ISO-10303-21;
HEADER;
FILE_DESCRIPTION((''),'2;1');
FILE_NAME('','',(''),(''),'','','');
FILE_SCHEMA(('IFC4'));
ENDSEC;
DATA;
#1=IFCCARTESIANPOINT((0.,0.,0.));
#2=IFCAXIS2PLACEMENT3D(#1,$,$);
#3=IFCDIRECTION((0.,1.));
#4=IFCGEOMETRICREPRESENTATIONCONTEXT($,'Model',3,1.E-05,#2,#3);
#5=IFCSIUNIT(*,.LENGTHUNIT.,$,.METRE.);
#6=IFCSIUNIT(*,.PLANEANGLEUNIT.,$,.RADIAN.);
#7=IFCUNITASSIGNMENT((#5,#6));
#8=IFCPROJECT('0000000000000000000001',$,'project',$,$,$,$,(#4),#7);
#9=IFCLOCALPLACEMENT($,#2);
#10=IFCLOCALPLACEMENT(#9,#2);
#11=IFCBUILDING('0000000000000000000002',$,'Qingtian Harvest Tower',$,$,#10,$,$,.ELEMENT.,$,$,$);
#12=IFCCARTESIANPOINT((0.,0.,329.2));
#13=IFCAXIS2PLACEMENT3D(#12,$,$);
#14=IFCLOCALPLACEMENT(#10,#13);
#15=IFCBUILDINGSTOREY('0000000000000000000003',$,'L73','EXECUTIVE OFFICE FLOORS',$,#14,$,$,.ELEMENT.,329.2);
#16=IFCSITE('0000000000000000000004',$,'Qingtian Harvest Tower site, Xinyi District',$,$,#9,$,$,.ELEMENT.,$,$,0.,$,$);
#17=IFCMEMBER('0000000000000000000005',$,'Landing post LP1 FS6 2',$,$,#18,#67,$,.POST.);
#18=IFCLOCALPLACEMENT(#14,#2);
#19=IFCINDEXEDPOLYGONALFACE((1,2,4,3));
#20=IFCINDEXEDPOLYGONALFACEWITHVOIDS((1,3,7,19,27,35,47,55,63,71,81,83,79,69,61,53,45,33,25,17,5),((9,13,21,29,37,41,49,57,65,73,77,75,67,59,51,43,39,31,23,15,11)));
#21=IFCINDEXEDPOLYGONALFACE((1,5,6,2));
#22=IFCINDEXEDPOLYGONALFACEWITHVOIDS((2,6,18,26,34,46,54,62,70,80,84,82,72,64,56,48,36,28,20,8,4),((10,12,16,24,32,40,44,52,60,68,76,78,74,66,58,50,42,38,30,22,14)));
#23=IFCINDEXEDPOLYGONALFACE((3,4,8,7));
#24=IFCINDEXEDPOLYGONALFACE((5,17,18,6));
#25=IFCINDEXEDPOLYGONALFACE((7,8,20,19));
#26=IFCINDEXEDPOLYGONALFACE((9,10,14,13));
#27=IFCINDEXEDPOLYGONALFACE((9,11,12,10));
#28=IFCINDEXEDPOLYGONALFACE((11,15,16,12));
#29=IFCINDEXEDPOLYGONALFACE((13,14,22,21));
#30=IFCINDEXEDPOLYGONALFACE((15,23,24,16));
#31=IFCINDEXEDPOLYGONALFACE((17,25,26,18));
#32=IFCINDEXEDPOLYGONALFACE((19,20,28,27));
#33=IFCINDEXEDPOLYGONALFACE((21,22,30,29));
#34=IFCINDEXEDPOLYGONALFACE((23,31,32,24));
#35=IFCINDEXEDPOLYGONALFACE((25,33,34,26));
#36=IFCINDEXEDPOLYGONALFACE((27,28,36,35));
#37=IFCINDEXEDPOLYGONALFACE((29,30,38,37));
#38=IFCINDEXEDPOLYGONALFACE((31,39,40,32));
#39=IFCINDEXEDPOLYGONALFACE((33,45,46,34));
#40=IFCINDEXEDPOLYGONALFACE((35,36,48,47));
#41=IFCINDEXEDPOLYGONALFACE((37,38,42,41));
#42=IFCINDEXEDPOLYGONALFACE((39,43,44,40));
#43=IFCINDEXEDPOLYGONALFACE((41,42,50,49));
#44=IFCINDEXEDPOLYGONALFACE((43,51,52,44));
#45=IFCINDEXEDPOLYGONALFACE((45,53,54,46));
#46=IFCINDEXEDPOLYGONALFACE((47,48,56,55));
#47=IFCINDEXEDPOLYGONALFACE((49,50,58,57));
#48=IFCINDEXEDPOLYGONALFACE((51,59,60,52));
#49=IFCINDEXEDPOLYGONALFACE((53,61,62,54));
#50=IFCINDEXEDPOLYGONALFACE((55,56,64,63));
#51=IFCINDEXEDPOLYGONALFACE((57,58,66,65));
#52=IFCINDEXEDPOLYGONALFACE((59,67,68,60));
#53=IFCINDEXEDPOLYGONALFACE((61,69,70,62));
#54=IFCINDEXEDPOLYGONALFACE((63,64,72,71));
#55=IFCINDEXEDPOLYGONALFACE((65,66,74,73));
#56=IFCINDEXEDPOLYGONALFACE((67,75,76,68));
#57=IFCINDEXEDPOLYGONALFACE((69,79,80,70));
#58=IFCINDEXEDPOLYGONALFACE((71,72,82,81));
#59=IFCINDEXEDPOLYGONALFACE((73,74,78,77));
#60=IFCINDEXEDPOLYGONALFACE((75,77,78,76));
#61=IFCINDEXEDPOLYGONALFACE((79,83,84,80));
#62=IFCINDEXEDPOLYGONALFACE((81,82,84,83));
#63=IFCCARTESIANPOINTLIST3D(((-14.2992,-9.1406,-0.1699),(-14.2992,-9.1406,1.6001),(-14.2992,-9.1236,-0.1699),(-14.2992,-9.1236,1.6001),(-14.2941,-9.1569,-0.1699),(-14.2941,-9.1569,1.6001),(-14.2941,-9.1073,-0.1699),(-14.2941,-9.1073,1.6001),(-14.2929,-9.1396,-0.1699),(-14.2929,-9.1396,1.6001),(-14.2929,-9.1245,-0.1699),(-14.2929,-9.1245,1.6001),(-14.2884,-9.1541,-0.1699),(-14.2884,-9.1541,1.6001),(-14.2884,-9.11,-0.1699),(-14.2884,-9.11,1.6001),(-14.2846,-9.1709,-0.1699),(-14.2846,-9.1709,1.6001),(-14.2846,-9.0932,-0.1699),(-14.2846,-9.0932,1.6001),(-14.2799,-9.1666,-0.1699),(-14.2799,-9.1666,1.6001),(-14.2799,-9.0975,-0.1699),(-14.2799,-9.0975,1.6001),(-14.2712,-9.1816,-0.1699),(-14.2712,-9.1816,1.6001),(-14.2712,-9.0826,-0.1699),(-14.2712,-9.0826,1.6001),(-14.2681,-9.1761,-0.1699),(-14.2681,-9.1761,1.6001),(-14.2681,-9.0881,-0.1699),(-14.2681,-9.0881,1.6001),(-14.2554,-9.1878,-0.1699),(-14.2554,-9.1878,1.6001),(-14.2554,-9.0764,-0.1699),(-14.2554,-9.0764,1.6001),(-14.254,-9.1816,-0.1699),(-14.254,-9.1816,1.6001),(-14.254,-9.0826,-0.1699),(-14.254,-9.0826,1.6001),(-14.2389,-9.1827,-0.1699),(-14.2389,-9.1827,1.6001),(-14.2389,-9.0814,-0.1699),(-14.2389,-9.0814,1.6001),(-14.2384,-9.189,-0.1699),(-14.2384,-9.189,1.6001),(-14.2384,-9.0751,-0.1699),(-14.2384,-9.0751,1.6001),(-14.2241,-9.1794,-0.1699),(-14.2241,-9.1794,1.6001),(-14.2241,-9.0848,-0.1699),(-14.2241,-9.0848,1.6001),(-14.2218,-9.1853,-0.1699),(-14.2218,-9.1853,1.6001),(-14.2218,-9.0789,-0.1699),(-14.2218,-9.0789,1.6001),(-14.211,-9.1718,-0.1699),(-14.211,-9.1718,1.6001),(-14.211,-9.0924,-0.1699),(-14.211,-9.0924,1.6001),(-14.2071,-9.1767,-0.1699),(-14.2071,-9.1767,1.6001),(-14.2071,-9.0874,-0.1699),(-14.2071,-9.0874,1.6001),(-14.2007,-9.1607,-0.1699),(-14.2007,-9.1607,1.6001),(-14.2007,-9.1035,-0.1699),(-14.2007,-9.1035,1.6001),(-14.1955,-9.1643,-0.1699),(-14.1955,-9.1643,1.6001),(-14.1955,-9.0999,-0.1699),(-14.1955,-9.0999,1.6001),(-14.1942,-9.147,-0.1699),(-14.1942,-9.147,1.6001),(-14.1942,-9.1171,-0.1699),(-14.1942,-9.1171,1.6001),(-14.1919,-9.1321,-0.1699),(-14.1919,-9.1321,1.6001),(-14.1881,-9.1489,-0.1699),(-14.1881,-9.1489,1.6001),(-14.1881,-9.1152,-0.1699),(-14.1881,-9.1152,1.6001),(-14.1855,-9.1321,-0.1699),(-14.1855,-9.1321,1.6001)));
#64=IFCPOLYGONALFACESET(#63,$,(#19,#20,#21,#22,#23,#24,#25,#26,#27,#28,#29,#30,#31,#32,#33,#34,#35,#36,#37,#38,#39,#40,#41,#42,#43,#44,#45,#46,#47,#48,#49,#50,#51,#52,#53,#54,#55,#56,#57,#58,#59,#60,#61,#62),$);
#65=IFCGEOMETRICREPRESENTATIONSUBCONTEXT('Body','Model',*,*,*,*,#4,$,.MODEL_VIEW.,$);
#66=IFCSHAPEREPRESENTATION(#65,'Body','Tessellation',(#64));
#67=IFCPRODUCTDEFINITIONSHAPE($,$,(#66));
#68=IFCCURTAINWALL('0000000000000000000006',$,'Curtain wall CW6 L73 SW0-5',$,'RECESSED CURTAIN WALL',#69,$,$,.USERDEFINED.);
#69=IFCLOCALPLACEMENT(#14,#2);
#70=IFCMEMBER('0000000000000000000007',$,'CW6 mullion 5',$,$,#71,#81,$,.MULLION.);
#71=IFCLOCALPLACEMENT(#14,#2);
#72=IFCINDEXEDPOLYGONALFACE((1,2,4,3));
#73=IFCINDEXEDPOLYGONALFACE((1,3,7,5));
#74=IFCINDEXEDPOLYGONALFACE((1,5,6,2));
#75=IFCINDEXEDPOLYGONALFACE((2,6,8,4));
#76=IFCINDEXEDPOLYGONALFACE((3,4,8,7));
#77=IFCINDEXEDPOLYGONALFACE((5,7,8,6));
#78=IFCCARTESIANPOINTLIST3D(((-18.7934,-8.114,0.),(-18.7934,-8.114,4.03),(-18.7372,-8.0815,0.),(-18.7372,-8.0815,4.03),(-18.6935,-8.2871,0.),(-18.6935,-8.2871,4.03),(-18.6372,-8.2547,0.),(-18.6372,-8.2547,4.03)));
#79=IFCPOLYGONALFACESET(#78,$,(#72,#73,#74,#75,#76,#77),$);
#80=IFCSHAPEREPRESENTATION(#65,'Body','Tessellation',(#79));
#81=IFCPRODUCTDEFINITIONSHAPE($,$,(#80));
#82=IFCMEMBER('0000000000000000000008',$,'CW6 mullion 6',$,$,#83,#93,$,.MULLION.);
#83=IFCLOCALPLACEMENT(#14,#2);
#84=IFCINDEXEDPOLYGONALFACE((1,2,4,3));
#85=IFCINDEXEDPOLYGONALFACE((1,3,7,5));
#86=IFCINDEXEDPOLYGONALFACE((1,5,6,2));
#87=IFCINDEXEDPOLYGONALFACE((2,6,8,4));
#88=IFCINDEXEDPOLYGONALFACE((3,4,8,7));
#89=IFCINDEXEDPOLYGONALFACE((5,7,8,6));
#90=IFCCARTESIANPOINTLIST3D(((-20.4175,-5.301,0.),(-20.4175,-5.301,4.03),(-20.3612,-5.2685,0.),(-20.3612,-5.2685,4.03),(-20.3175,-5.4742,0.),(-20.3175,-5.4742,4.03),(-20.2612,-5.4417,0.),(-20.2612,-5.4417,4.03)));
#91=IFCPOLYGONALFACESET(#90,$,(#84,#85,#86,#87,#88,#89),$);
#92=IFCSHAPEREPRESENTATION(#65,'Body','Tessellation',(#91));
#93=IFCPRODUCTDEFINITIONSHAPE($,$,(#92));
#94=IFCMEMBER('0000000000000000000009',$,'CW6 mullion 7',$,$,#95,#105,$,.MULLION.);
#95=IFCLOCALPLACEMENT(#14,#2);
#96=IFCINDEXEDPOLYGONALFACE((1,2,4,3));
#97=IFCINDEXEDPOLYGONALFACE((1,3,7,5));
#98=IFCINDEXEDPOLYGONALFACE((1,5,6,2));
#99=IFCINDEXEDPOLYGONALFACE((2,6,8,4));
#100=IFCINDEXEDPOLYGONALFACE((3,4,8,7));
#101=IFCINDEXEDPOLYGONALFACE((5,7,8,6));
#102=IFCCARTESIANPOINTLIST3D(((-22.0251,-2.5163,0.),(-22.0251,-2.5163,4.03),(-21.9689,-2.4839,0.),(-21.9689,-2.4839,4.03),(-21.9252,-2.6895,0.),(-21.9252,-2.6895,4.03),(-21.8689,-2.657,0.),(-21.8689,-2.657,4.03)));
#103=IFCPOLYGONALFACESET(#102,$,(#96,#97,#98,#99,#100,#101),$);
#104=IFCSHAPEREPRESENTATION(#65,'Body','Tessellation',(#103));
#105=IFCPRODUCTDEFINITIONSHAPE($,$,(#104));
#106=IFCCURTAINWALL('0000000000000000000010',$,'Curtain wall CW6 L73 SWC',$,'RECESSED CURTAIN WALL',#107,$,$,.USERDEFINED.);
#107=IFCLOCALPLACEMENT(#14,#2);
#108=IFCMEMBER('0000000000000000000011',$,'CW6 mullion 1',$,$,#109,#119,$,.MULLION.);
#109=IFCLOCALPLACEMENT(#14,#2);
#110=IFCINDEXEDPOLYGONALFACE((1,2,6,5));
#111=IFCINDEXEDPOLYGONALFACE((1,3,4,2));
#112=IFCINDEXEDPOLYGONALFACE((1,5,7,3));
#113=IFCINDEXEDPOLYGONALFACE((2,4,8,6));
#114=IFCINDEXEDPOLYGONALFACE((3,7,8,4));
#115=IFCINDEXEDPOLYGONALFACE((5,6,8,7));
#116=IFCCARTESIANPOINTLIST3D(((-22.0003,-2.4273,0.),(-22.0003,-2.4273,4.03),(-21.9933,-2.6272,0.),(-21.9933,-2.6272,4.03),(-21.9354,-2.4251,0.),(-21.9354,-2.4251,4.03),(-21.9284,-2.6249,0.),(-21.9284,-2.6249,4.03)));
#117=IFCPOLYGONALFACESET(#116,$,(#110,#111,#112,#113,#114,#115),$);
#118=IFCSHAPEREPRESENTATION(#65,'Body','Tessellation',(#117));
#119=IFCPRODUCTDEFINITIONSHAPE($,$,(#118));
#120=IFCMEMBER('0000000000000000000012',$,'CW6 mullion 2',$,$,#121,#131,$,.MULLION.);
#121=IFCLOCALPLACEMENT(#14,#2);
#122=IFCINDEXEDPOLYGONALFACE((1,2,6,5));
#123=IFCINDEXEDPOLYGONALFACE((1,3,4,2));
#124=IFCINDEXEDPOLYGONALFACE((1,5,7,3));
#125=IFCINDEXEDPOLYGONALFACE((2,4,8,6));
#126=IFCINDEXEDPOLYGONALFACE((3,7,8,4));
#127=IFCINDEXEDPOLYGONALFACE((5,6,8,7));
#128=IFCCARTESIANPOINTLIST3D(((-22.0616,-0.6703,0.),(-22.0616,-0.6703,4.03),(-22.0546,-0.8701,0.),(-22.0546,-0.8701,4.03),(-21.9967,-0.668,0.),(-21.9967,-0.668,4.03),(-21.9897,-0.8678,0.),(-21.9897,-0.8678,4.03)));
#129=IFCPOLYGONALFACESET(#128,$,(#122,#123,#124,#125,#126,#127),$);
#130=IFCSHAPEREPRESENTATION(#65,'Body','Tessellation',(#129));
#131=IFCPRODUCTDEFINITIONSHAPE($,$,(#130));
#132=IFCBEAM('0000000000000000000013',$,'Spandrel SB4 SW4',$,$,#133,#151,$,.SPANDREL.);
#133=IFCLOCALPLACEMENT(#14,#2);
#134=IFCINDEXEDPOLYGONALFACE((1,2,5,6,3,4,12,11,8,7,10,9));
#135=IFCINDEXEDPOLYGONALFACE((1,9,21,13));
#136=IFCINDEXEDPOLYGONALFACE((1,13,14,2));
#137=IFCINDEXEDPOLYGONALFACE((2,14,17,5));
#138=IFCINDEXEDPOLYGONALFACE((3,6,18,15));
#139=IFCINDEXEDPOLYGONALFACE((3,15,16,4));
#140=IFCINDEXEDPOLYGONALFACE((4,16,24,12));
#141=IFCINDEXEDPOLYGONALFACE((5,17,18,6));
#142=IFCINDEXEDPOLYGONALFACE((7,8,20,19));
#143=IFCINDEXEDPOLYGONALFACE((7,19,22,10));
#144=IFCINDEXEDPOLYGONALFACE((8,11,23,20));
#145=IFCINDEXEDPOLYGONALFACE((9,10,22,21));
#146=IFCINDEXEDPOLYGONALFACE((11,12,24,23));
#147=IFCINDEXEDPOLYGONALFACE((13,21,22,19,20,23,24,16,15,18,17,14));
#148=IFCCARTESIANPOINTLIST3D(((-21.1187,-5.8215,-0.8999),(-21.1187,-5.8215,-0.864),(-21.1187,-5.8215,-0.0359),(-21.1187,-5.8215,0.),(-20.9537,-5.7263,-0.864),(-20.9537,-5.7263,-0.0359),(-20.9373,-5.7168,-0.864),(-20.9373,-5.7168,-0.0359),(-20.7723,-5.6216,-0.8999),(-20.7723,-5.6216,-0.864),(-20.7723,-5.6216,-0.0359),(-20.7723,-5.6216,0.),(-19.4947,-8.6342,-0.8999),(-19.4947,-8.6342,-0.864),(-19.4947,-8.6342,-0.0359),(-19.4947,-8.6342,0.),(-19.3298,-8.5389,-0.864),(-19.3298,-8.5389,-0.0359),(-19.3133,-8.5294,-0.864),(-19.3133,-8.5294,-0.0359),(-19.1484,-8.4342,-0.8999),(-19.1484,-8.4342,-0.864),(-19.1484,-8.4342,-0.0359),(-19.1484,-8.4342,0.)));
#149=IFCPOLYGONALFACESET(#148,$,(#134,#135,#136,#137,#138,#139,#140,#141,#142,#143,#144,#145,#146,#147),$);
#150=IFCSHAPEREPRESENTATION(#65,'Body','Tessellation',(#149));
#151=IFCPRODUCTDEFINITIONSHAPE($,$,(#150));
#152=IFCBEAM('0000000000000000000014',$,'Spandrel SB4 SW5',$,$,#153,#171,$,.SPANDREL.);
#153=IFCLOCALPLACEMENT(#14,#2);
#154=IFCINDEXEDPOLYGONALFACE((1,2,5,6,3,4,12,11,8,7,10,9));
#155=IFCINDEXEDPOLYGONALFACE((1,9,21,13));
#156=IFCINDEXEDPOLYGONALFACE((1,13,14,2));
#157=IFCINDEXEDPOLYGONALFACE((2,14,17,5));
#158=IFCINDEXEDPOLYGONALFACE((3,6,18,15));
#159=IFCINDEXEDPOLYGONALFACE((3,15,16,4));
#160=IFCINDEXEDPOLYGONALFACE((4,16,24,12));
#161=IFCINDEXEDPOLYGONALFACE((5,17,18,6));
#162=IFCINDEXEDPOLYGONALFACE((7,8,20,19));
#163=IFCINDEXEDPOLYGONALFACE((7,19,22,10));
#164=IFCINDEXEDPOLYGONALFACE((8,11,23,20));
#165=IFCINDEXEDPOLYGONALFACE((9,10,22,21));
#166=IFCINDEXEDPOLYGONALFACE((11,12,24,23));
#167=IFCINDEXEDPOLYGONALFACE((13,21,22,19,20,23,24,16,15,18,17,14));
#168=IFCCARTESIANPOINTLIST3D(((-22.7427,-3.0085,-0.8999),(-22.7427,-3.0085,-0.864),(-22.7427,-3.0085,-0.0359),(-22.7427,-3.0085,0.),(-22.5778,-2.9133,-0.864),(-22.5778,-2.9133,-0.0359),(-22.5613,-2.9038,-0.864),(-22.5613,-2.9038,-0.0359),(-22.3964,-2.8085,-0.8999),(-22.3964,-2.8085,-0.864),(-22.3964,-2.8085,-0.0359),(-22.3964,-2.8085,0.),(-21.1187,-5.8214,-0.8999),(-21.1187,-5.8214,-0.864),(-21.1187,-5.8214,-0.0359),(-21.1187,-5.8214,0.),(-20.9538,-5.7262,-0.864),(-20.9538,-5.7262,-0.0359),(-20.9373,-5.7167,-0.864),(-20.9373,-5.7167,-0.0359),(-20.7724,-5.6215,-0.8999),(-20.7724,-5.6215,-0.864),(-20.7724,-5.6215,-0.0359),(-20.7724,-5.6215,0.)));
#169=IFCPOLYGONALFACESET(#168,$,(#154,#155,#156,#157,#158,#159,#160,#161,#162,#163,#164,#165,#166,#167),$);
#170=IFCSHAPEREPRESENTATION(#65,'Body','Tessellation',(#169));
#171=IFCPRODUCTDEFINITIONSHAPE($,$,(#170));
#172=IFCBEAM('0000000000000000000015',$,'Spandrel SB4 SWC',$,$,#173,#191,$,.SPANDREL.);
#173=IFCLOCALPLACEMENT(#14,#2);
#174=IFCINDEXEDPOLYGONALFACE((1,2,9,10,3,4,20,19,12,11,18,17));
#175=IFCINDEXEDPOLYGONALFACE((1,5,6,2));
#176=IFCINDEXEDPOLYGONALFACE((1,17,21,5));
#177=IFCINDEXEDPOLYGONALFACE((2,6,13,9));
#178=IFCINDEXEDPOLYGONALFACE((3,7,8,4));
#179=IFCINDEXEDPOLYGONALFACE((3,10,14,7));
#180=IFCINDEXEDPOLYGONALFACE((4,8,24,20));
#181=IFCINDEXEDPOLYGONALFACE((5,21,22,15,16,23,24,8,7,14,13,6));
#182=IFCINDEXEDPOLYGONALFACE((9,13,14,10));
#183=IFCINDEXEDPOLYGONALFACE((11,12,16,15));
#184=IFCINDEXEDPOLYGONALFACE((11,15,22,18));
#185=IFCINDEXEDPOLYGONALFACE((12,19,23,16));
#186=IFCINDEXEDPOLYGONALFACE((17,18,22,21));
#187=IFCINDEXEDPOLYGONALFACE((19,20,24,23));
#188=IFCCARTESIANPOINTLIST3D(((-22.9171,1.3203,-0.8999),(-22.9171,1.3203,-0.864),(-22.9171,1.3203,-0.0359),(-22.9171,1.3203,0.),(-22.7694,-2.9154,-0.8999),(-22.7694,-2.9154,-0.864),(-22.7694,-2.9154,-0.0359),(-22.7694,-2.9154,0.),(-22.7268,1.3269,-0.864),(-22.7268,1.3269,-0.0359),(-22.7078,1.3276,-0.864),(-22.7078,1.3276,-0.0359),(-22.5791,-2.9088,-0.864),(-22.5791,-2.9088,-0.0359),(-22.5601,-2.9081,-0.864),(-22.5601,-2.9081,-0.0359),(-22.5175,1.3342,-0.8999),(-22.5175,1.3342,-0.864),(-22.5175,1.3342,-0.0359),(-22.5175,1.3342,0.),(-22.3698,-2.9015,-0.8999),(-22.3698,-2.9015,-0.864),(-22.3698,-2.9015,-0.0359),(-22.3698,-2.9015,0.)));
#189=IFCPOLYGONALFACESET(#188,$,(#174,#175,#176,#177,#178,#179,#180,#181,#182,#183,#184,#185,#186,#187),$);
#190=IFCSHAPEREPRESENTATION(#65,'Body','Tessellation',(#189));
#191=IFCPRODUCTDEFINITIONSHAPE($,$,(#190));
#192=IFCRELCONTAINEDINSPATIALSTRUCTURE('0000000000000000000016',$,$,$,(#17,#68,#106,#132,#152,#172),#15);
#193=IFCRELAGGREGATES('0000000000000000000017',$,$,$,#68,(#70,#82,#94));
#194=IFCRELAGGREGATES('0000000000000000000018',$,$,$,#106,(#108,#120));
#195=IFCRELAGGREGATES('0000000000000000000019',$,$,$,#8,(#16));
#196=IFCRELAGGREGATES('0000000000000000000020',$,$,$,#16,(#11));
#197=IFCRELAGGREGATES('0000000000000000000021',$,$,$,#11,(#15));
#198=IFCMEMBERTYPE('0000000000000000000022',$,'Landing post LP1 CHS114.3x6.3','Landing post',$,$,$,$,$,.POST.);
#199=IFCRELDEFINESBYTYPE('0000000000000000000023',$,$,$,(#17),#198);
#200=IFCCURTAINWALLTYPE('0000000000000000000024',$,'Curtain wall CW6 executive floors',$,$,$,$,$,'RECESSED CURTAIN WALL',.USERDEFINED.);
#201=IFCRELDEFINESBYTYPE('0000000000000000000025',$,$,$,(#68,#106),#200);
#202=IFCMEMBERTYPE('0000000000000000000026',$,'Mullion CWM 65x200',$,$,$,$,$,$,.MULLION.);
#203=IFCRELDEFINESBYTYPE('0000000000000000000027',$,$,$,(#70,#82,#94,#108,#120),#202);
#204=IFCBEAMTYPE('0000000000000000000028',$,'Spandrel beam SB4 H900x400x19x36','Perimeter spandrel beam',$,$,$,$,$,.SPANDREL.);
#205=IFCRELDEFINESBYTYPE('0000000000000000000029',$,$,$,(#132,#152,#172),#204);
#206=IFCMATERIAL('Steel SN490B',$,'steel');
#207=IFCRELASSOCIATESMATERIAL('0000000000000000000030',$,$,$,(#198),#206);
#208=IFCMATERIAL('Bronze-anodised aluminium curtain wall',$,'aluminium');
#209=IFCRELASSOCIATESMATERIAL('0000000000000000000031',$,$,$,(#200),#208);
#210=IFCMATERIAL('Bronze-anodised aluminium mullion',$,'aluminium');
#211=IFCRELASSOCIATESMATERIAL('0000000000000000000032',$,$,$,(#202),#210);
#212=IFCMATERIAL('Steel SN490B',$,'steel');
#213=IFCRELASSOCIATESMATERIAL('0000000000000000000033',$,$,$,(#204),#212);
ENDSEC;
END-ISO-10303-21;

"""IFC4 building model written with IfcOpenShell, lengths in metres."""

from ifc_helpers import new_model, si_unit, direction, frame, origin, origin_2d, place, context, subcontext, project, spatial, rectangle, hollow_circle, i_section, extrude, material, material_profile, profile_set, type_object, element, aggregate, save


model = new_model("IFC4")

# Units and contexts
model_context = context("Model", 3, precision=1e-05, world=origin(), true_north=direction((0.0, 1.0)))
body_context = subcontext(model_context, "Body", "Model", "MODEL_VIEW")
ifc_project = project(units=[si_unit("LENGTHUNIT", "METRE"), si_unit("PLANEANGLEUNIT", "RADIAN")], contexts=[model_context])

# Site, building, storey
site_placement = place(None, origin())
site = spatial("IfcSite", under=ifc_project, at=site_placement, Name="Qingtian Harvest Tower site, Xinyi District", CompositionType="ELEMENT", RefElevation=0.0)
building_placement = place(site_placement, origin())
building = spatial("IfcBuilding", under=site, at=building_placement, Name="Qingtian Harvest Tower", CompositionType="ELEMENT")
storey_placement = place(building_placement, frame((0.0, 0.0, 329.2)))
storey = spatial("IfcBuildingStorey", under=building, at=storey_placement, Name="L73", Description="EXECUTIVE OFFICE FLOORS", CompositionType="ELEMENT", Elevation=329.2)

# Member
ifc_material_1 = material(Name="Steel SN490B", Category="steel")
ifc_material_profile_1 = material_profile(ifc_material_1, hollow_circle(Radius=0.0571, WallThickness=0.0063, at=origin_2d()), Name="CHS114.3x6.3")
ifc_profile_set_1 = profile_set([ifc_material_profile_1], Name="Steel SN490B")
member_type_1 = type_object("IfcMemberType", Name="Landing post LP1 CHS114.3x6.3", Description="Landing post", PredefinedType="POST", material=ifc_profile_set_1)
member_1_placement = place(storey_placement, frame((-14.2427, -9.1321, -0.1699), z_axis=(0.0, 0.0, 1.0), x_axis=(1.0, 0.0, 0.0)))
element("IfcMember", 1, at=member_1_placement, inside=storey, type_object=member_type_1, Name="Landing post LP1 FS6 2", PredefinedType="POST", context=body_context, shape_type="SweptSolid", body=[
    extrude(hollow_circle(Radius=0.0571, WallThickness=0.0063, at=origin_2d()), origin(), (0.0, 0.0, 1.0), 1.77),
])

# Curtain walls, members
ifc_material_2 = material(Name="Bronze-anodised aluminium curtain wall", Category="aluminium")
curtain_wall_type = type_object("IfcCurtainWallType", Name="Curtain wall CW6 executive floors", ElementType="RECESSED CURTAIN WALL", PredefinedType="USERDEFINED", material=ifc_material_2)
curtain_wall_1_placement = place(storey_placement, origin())
curtain_wall_1 = element("IfcCurtainWall", 2, at=curtain_wall_1_placement, inside=storey, type_object=curtain_wall_type, Name="Curtain wall CW6 L73 SW0-5", ObjectType="RECESSED CURTAIN WALL", PredefinedType="USERDEFINED")
ifc_material_3 = material(Name="Bronze-anodised aluminium mullion", Category="aluminium")
ifc_material_profile_2 = material_profile(ifc_material_3, rectangle(XDim=0.0649, YDim=0.2, at=origin_2d()), Name="AL 65x200")
ifc_profile_set_2 = profile_set([ifc_material_profile_2], Name="Bronze-anodised aluminium mullion")
member_type_2 = type_object("IfcMemberType", Name="Mullion CWM 65x200", PredefinedType="MULLION", material=ifc_profile_set_2)
member_2_placement = place(storey_placement, frame((-18.7153, -8.1843, 0.0), z_axis=(0.0, 0.0, 1.0), x_axis=(-0.866025, -0.5, 0.0)))
member_2 = element("IfcMember", 3, at=member_2_placement, type_object=member_type_2, Name="CW6 mullion 5", PredefinedType="MULLION", context=body_context, shape_type="SweptSolid", body=[
    extrude(rectangle(XDim=0.0649, YDim=0.2, at=origin_2d()), origin(), (0.0, 0.0, 1.0), 4.03),
])
member_3_placement = place(storey_placement, frame((-20.3394, -5.3713, 0.0), z_axis=(0.0, 0.0, 1.0), x_axis=(-0.866025, -0.5, 0.0)))
member_3 = element("IfcMember", 4, at=member_3_placement, type_object=member_type_2, Name="CW6 mullion 6", PredefinedType="MULLION", context=body_context, shape_type="SweptSolid", body=[
    extrude(rectangle(XDim=0.0649, YDim=0.2, at=origin_2d()), origin(), (0.0, 0.0, 1.0), 4.03),
])
member_4_placement = place(storey_placement, frame((-21.947, -2.5867, 0.0), z_axis=(0.0, 0.0, 1.0), x_axis=(-0.866025, -0.5, 0.0)))
member_4 = element("IfcMember", 5, at=member_4_placement, type_object=member_type_2, Name="CW6 mullion 7", PredefinedType="MULLION", context=body_context, shape_type="SweptSolid", body=[
    extrude(rectangle(XDim=0.0649, YDim=0.2, at=origin_2d()), origin(), (0.0, 0.0, 1.0), 4.03),
])
curtain_wall_2_placement = place(storey_placement, origin())
curtain_wall_2 = element("IfcCurtainWall", 6, at=curtain_wall_2_placement, inside=storey, type_object=curtain_wall_type, Name="Curtain wall CW6 L73 SWC", ObjectType="RECESSED CURTAIN WALL", PredefinedType="USERDEFINED")
member_5_placement = place(storey_placement, frame((-21.9644, -2.5261, 0.0), z_axis=(0.0, 0.0, 1.0), x_axis=(-0.999391, -0.034899, 0.0)))
member_5 = element("IfcMember", 7, at=member_5_placement, type_object=member_type_2, Name="CW6 mullion 1", PredefinedType="MULLION", context=body_context, shape_type="SweptSolid", body=[
    extrude(rectangle(XDim=0.0649, YDim=0.2, at=origin_2d()), origin(), (0.0, 0.0, 1.0), 4.03),
])
member_6_placement = place(storey_placement, frame((-22.0256, -0.769, 0.0), z_axis=(0.0, 0.0, 1.0), x_axis=(-0.999391, -0.034899, 0.0)))
member_6 = element("IfcMember", 8, at=member_6_placement, type_object=member_type_2, Name="CW6 mullion 2", PredefinedType="MULLION", context=body_context, shape_type="SweptSolid", body=[
    extrude(rectangle(XDim=0.0649, YDim=0.2, at=origin_2d()), origin(), (0.0, 0.0, 1.0), 4.03),
])

# Beams
ifc_material_4 = material(Name="Steel SN490B", Category="steel")
ifc_material_profile_3 = material_profile(ifc_material_4, i_section(OverallWidth=0.3999, OverallDepth=0.8999, WebThickness=0.019, FlangeThickness=0.0359, at=origin_2d()), Name="H900x400x19x36")
ifc_profile_set_3 = profile_set([ifc_material_profile_3], Name="Steel SN490B")
beam_type_1 = type_object("IfcBeamType", Name="Spandrel beam SB4 H900x400x19x36", Description="Perimeter spandrel beam", PredefinedType="SPANDREL", material=ifc_profile_set_3)
beam_1_placement = place(storey_placement, frame((-19.3215, -8.5342, -0.45), z_axis=(-0.50002, 0.866014, 0.0), x_axis=(-0.866014, -0.50002, 0.0)))
element("IfcBeam", 9, at=beam_1_placement, inside=storey, type_object=beam_type_1, Name="Spandrel SB4 SW4", PredefinedType="SPANDREL", context=body_context, shape_type="SweptSolid", body=[
    extrude(i_section(OverallWidth=0.3999, OverallDepth=0.8999, WebThickness=0.019, FlangeThickness=0.0359, at=origin_2d()), origin(), (0.0, 0.0, 1.0), 3.2478),
])
beam_2_placement = place(storey_placement, frame((-20.9456, -5.7214, -0.45), z_axis=(-0.499987, 0.866033, 0.0), x_axis=(-0.866033, -0.499987, 0.0)))
element("IfcBeam", 10, at=beam_2_placement, inside=storey, type_object=beam_type_1, Name="Spandrel SB4 SW5", PredefinedType="SPANDREL", context=body_context, shape_type="SweptSolid", body=[
    extrude(i_section(OverallWidth=0.3999, OverallDepth=0.8999, WebThickness=0.019, FlangeThickness=0.0359, at=origin_2d()), origin(), (0.0, 0.0, 1.0), 3.248),
])
beam_3_placement = place(storey_placement, frame((-22.5696, -2.9084, -0.45), z_axis=(-0.034851, 0.999393, 0.0), x_axis=(-0.999393, -0.034851, 0.0)))
element("IfcBeam", 11, at=beam_3_placement, inside=storey, type_object=beam_type_1, Name="Spandrel SB4 SWC", PredefinedType="SPANDREL", context=body_context, shape_type="SweptSolid", body=[
    extrude(i_section(OverallWidth=0.3999, OverallDepth=0.8999, WebThickness=0.019, FlangeThickness=0.0359, at=origin_2d()), origin(), (0.0, 0.0, 1.0), 4.2383),
])

aggregate(curtain_wall_1, [member_2, member_3, member_4])
aggregate(curtain_wall_2, [member_5, member_6])

save(model, "model.ifc")
